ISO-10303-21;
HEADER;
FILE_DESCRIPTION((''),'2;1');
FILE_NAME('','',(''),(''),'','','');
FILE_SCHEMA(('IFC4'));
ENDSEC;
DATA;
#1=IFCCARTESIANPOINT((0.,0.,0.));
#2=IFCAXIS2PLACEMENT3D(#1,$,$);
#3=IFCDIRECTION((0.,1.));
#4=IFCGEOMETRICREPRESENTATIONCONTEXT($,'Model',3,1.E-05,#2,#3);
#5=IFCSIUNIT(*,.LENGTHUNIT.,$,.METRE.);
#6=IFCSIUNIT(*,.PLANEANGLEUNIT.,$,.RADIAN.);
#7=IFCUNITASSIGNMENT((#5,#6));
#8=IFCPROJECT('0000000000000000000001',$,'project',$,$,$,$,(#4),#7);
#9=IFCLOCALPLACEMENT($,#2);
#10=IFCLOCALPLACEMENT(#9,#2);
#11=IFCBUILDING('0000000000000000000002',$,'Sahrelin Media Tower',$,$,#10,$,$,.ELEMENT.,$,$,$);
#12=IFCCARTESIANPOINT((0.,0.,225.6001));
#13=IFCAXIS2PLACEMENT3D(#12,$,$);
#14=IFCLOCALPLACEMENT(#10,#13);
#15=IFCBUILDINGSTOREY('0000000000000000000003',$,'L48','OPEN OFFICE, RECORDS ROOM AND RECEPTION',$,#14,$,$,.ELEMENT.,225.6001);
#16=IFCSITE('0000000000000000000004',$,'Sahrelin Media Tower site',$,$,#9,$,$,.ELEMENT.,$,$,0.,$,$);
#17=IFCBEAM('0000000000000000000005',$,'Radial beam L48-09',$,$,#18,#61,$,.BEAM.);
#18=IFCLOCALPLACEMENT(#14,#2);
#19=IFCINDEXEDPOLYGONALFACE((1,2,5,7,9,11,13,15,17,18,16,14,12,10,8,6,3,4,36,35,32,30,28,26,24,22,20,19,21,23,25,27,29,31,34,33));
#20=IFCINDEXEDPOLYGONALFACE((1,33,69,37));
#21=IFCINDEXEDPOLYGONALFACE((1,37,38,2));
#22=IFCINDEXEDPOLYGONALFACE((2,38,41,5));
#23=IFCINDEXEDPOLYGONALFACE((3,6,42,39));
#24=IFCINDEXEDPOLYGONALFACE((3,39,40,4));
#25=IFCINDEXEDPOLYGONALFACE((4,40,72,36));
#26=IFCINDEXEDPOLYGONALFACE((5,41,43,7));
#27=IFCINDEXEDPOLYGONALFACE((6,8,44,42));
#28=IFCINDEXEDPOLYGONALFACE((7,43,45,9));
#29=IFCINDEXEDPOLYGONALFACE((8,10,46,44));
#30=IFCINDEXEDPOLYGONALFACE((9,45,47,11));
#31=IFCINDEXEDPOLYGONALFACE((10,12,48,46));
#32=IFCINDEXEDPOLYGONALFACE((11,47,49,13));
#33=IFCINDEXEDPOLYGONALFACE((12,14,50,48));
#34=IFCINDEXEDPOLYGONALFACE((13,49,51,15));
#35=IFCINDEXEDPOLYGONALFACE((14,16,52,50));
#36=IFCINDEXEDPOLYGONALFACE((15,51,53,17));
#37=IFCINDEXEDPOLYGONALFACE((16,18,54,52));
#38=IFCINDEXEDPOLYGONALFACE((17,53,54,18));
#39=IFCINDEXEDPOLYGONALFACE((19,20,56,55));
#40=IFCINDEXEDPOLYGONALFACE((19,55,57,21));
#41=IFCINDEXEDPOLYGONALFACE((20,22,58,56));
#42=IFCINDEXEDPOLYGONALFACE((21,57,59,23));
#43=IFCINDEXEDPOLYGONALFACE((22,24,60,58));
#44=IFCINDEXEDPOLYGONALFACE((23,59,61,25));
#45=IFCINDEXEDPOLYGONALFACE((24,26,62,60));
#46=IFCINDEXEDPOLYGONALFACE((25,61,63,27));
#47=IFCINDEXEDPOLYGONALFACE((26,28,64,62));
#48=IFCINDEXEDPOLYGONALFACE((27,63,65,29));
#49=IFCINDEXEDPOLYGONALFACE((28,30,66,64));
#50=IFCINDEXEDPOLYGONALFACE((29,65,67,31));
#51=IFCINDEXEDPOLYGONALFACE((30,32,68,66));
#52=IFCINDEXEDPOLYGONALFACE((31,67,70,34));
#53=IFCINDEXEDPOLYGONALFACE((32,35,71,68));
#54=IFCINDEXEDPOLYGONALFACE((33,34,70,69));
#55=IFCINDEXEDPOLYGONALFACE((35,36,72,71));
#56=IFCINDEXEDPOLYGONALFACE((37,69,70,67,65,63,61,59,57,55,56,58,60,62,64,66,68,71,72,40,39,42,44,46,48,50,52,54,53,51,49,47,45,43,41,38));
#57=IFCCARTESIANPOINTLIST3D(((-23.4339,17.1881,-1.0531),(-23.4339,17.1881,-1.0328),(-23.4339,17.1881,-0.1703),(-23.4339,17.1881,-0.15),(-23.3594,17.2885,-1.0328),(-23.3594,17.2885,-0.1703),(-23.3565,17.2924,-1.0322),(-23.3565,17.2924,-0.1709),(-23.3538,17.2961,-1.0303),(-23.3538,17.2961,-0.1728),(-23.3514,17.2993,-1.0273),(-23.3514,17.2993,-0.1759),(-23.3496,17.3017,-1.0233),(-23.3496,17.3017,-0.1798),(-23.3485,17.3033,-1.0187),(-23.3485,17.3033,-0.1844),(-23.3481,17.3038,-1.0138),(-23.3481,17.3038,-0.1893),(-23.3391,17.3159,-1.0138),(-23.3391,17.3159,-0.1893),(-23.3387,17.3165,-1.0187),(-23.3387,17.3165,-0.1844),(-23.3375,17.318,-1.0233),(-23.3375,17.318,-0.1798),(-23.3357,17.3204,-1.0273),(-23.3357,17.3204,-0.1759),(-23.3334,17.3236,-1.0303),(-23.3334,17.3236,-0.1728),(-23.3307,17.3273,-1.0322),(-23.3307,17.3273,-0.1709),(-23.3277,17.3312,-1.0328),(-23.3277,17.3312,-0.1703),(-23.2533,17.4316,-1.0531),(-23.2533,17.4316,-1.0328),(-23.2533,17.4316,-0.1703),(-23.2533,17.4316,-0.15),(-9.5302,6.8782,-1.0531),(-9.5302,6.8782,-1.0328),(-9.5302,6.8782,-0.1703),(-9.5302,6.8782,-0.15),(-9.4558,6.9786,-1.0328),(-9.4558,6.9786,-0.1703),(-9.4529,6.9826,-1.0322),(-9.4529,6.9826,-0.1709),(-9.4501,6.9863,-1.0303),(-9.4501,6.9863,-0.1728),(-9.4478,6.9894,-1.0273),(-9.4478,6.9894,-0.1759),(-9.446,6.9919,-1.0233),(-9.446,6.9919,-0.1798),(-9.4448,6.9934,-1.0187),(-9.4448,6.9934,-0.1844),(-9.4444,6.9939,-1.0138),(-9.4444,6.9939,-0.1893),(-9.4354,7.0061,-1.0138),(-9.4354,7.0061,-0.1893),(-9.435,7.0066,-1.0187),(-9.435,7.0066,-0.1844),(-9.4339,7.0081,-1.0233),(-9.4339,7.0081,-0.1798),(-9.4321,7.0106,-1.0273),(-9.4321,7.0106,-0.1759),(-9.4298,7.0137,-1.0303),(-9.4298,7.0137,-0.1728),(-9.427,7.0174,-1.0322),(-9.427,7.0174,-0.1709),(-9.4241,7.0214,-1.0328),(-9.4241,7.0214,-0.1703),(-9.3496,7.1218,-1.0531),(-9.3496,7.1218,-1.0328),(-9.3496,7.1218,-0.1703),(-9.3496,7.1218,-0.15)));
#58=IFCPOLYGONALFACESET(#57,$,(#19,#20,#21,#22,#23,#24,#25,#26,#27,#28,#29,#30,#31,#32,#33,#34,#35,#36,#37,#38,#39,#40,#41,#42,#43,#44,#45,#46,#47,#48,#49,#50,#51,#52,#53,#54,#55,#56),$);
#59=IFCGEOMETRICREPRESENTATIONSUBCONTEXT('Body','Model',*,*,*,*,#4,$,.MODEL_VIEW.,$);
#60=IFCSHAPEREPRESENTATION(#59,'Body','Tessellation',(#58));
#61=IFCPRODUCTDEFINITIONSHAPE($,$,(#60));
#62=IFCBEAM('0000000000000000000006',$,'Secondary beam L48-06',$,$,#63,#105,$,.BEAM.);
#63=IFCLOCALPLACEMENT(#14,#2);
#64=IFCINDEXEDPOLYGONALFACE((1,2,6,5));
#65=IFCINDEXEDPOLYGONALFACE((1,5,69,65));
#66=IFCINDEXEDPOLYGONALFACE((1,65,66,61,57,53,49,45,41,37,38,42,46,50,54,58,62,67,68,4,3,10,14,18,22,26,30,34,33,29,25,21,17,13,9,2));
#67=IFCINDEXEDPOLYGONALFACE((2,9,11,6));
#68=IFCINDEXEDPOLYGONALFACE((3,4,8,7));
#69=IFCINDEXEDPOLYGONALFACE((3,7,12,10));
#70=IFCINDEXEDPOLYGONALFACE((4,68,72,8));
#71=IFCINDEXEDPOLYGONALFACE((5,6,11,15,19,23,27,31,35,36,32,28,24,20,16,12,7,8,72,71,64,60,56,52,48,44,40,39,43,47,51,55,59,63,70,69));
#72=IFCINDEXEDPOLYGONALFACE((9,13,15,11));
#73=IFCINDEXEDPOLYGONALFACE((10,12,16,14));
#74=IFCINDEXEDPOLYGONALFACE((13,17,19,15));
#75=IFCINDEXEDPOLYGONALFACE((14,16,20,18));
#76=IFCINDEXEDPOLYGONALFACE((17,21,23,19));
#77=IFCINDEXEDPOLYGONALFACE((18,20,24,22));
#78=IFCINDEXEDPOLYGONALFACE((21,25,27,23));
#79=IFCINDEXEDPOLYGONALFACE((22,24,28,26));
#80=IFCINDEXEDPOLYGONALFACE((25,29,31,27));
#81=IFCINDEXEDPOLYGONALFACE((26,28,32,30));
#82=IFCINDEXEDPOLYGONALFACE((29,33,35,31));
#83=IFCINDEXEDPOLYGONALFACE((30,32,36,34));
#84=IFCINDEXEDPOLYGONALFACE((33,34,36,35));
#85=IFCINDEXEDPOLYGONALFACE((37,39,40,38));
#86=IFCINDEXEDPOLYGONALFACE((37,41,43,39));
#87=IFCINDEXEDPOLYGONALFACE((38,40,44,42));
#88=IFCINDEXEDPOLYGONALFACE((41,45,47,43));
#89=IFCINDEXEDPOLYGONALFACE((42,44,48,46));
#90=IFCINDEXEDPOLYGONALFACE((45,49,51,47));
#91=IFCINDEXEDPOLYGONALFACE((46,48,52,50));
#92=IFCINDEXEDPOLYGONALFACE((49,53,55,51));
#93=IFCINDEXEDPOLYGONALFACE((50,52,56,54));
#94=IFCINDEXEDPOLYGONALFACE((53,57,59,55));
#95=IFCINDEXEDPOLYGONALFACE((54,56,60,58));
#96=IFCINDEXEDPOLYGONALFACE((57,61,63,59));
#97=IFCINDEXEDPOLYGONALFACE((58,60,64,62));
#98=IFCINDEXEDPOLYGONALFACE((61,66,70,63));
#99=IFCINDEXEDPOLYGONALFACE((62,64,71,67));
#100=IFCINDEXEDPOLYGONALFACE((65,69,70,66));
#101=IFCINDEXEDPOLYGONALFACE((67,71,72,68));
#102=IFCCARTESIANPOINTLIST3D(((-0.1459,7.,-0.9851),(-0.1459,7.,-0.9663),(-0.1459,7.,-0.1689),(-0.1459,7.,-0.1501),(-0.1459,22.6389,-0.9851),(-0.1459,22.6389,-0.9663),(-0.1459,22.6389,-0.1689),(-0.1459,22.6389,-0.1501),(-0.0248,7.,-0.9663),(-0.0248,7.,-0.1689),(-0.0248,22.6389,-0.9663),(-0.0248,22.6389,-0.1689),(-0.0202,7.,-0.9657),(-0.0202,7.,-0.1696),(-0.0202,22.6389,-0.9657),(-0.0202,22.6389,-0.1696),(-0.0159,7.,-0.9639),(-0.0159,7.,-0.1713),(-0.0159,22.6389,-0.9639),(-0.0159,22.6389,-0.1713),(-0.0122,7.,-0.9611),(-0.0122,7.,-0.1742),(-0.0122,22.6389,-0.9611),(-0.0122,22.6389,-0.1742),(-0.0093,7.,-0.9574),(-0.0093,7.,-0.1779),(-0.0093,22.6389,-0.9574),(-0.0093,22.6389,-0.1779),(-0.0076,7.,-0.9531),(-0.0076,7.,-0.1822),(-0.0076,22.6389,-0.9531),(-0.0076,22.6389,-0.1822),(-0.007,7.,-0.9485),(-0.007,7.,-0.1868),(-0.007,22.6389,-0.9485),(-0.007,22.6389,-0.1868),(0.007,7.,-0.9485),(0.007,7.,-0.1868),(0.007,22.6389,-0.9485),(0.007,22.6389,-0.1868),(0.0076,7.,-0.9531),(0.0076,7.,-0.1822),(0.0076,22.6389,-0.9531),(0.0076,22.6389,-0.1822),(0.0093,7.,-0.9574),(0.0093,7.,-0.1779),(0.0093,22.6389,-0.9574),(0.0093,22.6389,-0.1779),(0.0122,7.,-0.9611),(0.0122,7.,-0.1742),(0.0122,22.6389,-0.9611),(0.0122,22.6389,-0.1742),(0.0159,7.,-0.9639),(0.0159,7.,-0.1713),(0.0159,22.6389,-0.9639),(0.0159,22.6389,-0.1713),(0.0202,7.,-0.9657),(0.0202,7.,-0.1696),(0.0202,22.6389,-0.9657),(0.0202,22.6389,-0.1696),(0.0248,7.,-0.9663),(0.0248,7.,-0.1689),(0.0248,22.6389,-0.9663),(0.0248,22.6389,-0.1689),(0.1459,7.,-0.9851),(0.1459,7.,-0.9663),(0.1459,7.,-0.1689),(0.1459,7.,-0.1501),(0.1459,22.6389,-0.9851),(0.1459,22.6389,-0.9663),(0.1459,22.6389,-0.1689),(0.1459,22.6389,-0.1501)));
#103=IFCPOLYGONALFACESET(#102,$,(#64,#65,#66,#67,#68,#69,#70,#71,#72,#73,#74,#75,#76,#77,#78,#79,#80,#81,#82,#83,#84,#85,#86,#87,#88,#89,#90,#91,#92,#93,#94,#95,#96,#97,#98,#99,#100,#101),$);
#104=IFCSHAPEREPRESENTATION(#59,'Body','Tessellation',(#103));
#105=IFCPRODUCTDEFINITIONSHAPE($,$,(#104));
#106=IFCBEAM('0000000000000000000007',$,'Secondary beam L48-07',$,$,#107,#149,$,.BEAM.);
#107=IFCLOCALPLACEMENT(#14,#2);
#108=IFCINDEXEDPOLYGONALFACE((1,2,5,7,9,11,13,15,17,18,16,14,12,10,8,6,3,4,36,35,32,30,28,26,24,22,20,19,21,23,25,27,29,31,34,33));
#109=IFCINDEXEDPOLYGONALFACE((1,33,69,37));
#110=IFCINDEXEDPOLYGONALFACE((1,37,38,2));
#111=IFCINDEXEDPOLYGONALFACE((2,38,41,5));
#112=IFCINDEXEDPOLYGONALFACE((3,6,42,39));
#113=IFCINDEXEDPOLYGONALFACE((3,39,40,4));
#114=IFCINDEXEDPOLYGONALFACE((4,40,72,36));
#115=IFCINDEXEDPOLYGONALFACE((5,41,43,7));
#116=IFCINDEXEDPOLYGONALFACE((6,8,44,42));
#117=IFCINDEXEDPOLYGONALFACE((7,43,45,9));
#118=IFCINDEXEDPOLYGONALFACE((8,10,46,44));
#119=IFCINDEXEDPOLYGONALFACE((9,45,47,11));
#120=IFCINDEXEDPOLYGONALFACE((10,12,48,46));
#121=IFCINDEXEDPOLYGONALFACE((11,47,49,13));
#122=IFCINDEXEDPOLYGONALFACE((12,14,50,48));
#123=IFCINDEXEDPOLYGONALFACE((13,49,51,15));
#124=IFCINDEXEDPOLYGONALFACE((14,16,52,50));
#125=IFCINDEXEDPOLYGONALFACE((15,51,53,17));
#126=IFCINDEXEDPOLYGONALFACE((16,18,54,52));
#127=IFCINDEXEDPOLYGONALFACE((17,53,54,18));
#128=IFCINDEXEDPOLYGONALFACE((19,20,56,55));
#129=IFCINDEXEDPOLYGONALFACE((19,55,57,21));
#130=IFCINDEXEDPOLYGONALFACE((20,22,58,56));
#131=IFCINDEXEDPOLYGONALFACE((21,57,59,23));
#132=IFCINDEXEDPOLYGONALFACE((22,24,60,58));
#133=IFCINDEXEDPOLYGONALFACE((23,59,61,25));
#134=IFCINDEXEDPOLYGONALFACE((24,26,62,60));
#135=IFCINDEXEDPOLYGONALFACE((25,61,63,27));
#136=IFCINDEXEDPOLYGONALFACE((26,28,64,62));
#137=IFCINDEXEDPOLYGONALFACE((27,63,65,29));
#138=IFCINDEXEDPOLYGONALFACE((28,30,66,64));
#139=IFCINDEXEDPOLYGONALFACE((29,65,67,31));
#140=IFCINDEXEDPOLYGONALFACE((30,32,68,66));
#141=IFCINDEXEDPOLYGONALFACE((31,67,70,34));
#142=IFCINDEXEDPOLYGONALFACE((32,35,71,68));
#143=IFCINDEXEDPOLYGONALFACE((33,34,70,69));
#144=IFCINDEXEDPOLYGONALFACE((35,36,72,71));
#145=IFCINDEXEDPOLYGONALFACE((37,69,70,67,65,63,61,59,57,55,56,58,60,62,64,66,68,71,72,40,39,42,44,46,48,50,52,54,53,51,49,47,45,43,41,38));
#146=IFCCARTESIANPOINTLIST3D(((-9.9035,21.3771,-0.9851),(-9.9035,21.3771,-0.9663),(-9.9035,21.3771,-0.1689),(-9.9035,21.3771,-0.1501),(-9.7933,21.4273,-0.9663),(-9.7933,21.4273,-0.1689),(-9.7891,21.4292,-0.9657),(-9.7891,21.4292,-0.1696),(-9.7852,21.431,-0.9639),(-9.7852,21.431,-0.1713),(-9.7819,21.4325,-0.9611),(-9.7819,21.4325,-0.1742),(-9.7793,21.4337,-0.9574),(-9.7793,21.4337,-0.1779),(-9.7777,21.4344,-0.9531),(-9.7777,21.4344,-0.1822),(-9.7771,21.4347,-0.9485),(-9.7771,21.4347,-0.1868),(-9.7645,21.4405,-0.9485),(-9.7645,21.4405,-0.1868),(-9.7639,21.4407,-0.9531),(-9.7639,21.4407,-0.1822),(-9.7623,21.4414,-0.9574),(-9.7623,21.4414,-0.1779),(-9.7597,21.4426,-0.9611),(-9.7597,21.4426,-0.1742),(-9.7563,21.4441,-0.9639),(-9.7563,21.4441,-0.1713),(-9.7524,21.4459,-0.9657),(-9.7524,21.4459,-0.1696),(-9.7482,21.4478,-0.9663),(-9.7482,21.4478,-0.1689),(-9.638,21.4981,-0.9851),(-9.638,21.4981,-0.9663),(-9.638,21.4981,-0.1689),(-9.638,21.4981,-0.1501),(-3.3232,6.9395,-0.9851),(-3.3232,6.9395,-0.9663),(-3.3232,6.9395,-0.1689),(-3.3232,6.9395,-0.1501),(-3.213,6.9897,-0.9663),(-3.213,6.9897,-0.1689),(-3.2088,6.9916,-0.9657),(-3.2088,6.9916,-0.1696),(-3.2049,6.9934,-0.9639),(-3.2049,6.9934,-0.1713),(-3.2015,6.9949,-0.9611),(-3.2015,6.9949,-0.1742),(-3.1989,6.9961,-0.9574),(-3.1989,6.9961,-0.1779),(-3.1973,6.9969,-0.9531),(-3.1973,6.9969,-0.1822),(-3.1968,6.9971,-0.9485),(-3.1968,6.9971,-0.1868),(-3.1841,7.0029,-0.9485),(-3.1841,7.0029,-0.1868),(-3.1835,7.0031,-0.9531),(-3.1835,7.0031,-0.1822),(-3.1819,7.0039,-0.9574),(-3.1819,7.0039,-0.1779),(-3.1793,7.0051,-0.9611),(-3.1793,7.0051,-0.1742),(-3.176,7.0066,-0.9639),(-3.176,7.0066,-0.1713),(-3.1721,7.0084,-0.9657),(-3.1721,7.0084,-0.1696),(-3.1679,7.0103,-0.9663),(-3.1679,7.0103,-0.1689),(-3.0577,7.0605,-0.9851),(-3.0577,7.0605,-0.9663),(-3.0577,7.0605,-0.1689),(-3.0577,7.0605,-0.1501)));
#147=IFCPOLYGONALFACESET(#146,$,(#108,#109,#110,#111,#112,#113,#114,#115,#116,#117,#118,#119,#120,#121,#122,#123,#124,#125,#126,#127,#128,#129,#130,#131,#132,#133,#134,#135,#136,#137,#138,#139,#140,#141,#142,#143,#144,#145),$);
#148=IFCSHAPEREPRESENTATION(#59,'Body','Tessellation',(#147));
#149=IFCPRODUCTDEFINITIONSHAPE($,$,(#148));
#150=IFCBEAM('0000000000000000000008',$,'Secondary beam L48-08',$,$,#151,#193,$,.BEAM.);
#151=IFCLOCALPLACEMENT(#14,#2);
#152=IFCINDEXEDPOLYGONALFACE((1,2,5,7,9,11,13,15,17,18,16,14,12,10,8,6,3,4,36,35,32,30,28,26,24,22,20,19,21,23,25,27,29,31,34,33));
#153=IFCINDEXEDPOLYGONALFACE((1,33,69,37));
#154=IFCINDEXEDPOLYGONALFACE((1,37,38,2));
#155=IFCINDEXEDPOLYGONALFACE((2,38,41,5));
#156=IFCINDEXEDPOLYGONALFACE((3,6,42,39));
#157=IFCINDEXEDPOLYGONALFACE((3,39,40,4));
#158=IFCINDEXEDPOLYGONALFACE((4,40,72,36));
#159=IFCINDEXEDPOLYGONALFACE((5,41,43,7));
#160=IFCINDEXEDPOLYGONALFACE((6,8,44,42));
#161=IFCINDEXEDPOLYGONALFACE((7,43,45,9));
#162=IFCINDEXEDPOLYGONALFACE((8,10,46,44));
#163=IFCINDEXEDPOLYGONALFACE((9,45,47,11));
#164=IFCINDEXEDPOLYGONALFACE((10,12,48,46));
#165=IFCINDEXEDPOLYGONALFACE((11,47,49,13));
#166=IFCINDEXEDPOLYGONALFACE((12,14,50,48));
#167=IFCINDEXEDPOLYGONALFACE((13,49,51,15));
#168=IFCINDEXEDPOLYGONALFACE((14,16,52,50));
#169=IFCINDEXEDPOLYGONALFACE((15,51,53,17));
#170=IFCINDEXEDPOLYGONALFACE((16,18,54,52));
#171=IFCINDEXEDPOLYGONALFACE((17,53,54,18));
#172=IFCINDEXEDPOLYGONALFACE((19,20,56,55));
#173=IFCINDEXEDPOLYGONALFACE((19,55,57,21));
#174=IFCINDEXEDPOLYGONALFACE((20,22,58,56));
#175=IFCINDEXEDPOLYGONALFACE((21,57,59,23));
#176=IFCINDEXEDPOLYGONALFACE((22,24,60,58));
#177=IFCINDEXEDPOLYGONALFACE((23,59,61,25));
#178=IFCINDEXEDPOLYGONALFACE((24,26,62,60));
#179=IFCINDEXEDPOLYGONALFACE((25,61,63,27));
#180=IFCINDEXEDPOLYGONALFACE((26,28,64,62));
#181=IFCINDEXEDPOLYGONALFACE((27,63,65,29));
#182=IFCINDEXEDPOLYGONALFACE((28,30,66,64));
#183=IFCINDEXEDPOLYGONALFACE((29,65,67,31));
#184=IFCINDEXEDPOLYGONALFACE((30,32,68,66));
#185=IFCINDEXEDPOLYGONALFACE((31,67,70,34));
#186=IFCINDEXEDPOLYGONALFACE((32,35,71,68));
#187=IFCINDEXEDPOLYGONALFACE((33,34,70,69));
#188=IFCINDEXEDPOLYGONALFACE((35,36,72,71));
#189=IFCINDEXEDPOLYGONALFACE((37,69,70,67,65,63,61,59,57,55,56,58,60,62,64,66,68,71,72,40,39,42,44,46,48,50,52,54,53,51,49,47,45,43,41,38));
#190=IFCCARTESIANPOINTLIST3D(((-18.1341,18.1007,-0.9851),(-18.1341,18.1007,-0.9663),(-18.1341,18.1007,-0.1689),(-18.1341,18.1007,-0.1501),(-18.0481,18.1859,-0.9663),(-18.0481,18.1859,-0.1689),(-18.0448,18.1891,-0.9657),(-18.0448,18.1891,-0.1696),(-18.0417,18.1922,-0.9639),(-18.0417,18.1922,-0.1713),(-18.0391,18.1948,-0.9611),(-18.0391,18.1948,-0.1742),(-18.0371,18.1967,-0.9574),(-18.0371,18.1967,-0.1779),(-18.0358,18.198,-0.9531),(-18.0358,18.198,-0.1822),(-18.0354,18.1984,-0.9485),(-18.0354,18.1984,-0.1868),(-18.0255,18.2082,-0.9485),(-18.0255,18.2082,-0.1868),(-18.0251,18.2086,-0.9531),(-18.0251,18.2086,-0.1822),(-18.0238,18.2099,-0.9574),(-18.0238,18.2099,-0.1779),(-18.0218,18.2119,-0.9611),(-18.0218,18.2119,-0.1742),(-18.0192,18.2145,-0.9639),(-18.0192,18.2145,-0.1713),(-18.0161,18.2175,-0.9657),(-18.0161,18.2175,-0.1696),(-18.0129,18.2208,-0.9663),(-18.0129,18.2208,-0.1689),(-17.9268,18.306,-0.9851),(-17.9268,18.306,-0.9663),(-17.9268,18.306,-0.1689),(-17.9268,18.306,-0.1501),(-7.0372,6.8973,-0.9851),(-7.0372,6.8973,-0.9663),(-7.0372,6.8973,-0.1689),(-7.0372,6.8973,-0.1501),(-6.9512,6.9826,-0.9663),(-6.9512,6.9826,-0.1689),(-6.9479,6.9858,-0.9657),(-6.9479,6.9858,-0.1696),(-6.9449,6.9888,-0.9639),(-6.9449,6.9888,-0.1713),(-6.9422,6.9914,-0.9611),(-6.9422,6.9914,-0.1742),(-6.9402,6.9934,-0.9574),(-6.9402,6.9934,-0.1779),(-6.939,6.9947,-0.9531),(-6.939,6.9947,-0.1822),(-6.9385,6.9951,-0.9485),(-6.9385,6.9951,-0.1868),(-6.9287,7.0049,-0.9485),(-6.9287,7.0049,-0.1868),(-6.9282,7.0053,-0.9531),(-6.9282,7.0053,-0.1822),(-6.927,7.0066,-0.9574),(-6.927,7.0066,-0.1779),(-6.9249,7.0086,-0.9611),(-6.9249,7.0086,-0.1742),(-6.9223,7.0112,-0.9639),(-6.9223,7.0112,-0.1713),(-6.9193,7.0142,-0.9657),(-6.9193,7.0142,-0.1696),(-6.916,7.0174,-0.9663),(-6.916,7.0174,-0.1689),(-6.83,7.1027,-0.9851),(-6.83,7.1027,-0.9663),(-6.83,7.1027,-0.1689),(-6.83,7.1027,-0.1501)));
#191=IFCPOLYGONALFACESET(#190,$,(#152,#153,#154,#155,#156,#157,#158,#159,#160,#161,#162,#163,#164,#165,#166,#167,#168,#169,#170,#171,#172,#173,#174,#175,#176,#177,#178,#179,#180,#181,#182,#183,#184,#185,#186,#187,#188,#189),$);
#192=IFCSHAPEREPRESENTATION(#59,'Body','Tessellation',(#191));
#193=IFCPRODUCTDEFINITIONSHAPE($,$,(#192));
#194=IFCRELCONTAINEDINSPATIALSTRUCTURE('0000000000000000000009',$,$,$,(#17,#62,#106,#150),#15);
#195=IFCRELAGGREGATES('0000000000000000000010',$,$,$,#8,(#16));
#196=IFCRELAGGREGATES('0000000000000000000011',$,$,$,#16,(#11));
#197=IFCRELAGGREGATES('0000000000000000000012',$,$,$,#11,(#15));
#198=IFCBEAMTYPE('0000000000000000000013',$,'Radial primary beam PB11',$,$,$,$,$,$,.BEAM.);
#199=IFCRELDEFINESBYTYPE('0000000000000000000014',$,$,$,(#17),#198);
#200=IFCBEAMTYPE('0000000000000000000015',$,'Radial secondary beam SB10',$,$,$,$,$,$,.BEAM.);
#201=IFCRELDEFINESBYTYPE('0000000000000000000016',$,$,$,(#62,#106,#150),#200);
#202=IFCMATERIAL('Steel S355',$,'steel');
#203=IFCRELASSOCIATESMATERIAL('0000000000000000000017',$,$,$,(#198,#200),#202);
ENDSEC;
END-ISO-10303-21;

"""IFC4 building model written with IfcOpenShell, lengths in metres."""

from ifc_helpers import new_model, si_unit, direction, frame, origin, origin_2d, place, context, subcontext, project, spatial, i_section, extrude, material, material_profile, profile_set, type_object, element, save


model = new_model("IFC4")

# Units and contexts
model_context = context("Model", 3, precision=1e-05, world=origin(), true_north=direction((0.0, 1.0)))
body_context = subcontext(model_context, "Body", "Model", "MODEL_VIEW")
ifc_project = project(units=[si_unit("LENGTHUNIT", "METRE"), si_unit("PLANEANGLEUNIT", "RADIAN")], contexts=[model_context])

# Site, building, storey
site_placement = place(None, origin())
site = spatial("IfcSite", under=ifc_project, at=site_placement, Name="Sahrelin Media Tower site", CompositionType="ELEMENT", RefElevation=0.0)
building_placement = place(site_placement, origin())
building = spatial("IfcBuilding", under=site, at=building_placement, Name="Sahrelin Media Tower", CompositionType="ELEMENT")
storey_placement = place(building_placement, frame((0.0, 0.0, 225.6001)))
storey = spatial("IfcBuildingStorey", under=building, at=storey_placement, Name="L48", Description="OPEN OFFICE, RECORDS ROOM AND RECEPTION", CompositionType="ELEMENT", Elevation=225.6001)

# Shared definitions
ifc_material_1 = material(Name="Steel S355", Category="steel")

# Beams
ifc_material_profile_1 = material_profile(ifc_material_1, i_section(OverallWidth=0.3032, OverallDepth=0.9031, WebThickness=0.0151, FlangeThickness=0.0203, FilletRadius=0.019, at=origin_2d()), Name="UB 914x305x201")
ifc_profile_set_1 = profile_set([ifc_material_profile_1], Name="Steel S355")
beam_type_1 = type_object("IfcBeamType", Name="Radial primary beam PB11", PredefinedType="BEAM", material=ifc_profile_set_1)
beam_1_placement = place(storey_placement, frame((-9.4399, 7.0, -0.6016), z_axis=(-0.803257, 0.595633, 0.0), x_axis=(-0.595633, -0.803257, 0.0)))
element("IfcBeam", 1, at=beam_1_placement, inside=storey, type_object=beam_type_1, Name="Radial beam L48-09", PredefinedType="BEAM", context=body_context, shape_type="SweptSolid", body=[
    extrude(i_section(OverallWidth=0.3032, OverallDepth=0.9031, WebThickness=0.0151, FlangeThickness=0.0203, FilletRadius=0.019, at=origin_2d()), origin(), (0.0, 0.0, 1.0), 17.3091),
])
ifc_material_profile_2 = material_profile(ifc_material_1, i_section(OverallWidth=0.2917, OverallDepth=0.835, WebThickness=0.0139, FlangeThickness=0.0188, FilletRadius=0.0178, at=origin_2d()), Name="UB 838x292x176")
ifc_profile_set_2 = profile_set([ifc_material_profile_2], Name="Steel S355")
beam_type_2 = type_object("IfcBeamType", Name="Radial secondary beam SB10", PredefinedType="BEAM", material=ifc_profile_set_2)
beam_2_placement = place(storey_placement, frame((0.0, 7.0, -0.5676), z_axis=(0.0, 1.0, 0.0), x_axis=(-1.0, 0.0, 0.0)))
element("IfcBeam", 2, at=beam_2_placement, inside=storey, type_object=beam_type_2, Name="Secondary beam L48-06", PredefinedType="BEAM", context=body_context, shape_type="SweptSolid", body=[
    extrude(i_section(OverallWidth=0.2917, OverallDepth=0.835, WebThickness=0.0139, FlangeThickness=0.0188, FilletRadius=0.0178, at=origin_2d()), origin(), (0.0, 0.0, 1.0), 15.6389),
])
beam_3_placement = place(storey_placement, frame((-3.1904, 7.0, -0.5676), z_axis=(-0.414734, 0.909943, 0.0), x_axis=(-0.909943, -0.414734, 0.0)))
element("IfcBeam", 3, at=beam_3_placement, inside=storey, type_object=beam_type_2, Name="Secondary beam L48-07", PredefinedType="BEAM", context=body_context, shape_type="SweptSolid", body=[
    extrude(i_section(OverallWidth=0.2917, OverallDepth=0.835, WebThickness=0.0139, FlangeThickness=0.0188, FilletRadius=0.0178, at=origin_2d()), origin(), (0.0, 0.0, 1.0), 15.8665),
])
beam_4_placement = place(storey_placement, frame((-6.9336, 7.0, -0.5676), z_axis=(-0.703724, 0.710474, 0.0), x_axis=(-0.710474, -0.703724, 0.0)))
element("IfcBeam", 4, at=beam_4_placement, inside=storey, type_object=beam_type_2, Name="Secondary beam L48-08", PredefinedType="BEAM", context=body_context, shape_type="SweptSolid", body=[
    extrude(i_section(OverallWidth=0.2917, OverallDepth=0.835, WebThickness=0.0139, FlangeThickness=0.0188, FilletRadius=0.0178, at=origin_2d()), origin(), (0.0, 0.0, 1.0), 15.7688),
])

save(model, "model.ifc")
